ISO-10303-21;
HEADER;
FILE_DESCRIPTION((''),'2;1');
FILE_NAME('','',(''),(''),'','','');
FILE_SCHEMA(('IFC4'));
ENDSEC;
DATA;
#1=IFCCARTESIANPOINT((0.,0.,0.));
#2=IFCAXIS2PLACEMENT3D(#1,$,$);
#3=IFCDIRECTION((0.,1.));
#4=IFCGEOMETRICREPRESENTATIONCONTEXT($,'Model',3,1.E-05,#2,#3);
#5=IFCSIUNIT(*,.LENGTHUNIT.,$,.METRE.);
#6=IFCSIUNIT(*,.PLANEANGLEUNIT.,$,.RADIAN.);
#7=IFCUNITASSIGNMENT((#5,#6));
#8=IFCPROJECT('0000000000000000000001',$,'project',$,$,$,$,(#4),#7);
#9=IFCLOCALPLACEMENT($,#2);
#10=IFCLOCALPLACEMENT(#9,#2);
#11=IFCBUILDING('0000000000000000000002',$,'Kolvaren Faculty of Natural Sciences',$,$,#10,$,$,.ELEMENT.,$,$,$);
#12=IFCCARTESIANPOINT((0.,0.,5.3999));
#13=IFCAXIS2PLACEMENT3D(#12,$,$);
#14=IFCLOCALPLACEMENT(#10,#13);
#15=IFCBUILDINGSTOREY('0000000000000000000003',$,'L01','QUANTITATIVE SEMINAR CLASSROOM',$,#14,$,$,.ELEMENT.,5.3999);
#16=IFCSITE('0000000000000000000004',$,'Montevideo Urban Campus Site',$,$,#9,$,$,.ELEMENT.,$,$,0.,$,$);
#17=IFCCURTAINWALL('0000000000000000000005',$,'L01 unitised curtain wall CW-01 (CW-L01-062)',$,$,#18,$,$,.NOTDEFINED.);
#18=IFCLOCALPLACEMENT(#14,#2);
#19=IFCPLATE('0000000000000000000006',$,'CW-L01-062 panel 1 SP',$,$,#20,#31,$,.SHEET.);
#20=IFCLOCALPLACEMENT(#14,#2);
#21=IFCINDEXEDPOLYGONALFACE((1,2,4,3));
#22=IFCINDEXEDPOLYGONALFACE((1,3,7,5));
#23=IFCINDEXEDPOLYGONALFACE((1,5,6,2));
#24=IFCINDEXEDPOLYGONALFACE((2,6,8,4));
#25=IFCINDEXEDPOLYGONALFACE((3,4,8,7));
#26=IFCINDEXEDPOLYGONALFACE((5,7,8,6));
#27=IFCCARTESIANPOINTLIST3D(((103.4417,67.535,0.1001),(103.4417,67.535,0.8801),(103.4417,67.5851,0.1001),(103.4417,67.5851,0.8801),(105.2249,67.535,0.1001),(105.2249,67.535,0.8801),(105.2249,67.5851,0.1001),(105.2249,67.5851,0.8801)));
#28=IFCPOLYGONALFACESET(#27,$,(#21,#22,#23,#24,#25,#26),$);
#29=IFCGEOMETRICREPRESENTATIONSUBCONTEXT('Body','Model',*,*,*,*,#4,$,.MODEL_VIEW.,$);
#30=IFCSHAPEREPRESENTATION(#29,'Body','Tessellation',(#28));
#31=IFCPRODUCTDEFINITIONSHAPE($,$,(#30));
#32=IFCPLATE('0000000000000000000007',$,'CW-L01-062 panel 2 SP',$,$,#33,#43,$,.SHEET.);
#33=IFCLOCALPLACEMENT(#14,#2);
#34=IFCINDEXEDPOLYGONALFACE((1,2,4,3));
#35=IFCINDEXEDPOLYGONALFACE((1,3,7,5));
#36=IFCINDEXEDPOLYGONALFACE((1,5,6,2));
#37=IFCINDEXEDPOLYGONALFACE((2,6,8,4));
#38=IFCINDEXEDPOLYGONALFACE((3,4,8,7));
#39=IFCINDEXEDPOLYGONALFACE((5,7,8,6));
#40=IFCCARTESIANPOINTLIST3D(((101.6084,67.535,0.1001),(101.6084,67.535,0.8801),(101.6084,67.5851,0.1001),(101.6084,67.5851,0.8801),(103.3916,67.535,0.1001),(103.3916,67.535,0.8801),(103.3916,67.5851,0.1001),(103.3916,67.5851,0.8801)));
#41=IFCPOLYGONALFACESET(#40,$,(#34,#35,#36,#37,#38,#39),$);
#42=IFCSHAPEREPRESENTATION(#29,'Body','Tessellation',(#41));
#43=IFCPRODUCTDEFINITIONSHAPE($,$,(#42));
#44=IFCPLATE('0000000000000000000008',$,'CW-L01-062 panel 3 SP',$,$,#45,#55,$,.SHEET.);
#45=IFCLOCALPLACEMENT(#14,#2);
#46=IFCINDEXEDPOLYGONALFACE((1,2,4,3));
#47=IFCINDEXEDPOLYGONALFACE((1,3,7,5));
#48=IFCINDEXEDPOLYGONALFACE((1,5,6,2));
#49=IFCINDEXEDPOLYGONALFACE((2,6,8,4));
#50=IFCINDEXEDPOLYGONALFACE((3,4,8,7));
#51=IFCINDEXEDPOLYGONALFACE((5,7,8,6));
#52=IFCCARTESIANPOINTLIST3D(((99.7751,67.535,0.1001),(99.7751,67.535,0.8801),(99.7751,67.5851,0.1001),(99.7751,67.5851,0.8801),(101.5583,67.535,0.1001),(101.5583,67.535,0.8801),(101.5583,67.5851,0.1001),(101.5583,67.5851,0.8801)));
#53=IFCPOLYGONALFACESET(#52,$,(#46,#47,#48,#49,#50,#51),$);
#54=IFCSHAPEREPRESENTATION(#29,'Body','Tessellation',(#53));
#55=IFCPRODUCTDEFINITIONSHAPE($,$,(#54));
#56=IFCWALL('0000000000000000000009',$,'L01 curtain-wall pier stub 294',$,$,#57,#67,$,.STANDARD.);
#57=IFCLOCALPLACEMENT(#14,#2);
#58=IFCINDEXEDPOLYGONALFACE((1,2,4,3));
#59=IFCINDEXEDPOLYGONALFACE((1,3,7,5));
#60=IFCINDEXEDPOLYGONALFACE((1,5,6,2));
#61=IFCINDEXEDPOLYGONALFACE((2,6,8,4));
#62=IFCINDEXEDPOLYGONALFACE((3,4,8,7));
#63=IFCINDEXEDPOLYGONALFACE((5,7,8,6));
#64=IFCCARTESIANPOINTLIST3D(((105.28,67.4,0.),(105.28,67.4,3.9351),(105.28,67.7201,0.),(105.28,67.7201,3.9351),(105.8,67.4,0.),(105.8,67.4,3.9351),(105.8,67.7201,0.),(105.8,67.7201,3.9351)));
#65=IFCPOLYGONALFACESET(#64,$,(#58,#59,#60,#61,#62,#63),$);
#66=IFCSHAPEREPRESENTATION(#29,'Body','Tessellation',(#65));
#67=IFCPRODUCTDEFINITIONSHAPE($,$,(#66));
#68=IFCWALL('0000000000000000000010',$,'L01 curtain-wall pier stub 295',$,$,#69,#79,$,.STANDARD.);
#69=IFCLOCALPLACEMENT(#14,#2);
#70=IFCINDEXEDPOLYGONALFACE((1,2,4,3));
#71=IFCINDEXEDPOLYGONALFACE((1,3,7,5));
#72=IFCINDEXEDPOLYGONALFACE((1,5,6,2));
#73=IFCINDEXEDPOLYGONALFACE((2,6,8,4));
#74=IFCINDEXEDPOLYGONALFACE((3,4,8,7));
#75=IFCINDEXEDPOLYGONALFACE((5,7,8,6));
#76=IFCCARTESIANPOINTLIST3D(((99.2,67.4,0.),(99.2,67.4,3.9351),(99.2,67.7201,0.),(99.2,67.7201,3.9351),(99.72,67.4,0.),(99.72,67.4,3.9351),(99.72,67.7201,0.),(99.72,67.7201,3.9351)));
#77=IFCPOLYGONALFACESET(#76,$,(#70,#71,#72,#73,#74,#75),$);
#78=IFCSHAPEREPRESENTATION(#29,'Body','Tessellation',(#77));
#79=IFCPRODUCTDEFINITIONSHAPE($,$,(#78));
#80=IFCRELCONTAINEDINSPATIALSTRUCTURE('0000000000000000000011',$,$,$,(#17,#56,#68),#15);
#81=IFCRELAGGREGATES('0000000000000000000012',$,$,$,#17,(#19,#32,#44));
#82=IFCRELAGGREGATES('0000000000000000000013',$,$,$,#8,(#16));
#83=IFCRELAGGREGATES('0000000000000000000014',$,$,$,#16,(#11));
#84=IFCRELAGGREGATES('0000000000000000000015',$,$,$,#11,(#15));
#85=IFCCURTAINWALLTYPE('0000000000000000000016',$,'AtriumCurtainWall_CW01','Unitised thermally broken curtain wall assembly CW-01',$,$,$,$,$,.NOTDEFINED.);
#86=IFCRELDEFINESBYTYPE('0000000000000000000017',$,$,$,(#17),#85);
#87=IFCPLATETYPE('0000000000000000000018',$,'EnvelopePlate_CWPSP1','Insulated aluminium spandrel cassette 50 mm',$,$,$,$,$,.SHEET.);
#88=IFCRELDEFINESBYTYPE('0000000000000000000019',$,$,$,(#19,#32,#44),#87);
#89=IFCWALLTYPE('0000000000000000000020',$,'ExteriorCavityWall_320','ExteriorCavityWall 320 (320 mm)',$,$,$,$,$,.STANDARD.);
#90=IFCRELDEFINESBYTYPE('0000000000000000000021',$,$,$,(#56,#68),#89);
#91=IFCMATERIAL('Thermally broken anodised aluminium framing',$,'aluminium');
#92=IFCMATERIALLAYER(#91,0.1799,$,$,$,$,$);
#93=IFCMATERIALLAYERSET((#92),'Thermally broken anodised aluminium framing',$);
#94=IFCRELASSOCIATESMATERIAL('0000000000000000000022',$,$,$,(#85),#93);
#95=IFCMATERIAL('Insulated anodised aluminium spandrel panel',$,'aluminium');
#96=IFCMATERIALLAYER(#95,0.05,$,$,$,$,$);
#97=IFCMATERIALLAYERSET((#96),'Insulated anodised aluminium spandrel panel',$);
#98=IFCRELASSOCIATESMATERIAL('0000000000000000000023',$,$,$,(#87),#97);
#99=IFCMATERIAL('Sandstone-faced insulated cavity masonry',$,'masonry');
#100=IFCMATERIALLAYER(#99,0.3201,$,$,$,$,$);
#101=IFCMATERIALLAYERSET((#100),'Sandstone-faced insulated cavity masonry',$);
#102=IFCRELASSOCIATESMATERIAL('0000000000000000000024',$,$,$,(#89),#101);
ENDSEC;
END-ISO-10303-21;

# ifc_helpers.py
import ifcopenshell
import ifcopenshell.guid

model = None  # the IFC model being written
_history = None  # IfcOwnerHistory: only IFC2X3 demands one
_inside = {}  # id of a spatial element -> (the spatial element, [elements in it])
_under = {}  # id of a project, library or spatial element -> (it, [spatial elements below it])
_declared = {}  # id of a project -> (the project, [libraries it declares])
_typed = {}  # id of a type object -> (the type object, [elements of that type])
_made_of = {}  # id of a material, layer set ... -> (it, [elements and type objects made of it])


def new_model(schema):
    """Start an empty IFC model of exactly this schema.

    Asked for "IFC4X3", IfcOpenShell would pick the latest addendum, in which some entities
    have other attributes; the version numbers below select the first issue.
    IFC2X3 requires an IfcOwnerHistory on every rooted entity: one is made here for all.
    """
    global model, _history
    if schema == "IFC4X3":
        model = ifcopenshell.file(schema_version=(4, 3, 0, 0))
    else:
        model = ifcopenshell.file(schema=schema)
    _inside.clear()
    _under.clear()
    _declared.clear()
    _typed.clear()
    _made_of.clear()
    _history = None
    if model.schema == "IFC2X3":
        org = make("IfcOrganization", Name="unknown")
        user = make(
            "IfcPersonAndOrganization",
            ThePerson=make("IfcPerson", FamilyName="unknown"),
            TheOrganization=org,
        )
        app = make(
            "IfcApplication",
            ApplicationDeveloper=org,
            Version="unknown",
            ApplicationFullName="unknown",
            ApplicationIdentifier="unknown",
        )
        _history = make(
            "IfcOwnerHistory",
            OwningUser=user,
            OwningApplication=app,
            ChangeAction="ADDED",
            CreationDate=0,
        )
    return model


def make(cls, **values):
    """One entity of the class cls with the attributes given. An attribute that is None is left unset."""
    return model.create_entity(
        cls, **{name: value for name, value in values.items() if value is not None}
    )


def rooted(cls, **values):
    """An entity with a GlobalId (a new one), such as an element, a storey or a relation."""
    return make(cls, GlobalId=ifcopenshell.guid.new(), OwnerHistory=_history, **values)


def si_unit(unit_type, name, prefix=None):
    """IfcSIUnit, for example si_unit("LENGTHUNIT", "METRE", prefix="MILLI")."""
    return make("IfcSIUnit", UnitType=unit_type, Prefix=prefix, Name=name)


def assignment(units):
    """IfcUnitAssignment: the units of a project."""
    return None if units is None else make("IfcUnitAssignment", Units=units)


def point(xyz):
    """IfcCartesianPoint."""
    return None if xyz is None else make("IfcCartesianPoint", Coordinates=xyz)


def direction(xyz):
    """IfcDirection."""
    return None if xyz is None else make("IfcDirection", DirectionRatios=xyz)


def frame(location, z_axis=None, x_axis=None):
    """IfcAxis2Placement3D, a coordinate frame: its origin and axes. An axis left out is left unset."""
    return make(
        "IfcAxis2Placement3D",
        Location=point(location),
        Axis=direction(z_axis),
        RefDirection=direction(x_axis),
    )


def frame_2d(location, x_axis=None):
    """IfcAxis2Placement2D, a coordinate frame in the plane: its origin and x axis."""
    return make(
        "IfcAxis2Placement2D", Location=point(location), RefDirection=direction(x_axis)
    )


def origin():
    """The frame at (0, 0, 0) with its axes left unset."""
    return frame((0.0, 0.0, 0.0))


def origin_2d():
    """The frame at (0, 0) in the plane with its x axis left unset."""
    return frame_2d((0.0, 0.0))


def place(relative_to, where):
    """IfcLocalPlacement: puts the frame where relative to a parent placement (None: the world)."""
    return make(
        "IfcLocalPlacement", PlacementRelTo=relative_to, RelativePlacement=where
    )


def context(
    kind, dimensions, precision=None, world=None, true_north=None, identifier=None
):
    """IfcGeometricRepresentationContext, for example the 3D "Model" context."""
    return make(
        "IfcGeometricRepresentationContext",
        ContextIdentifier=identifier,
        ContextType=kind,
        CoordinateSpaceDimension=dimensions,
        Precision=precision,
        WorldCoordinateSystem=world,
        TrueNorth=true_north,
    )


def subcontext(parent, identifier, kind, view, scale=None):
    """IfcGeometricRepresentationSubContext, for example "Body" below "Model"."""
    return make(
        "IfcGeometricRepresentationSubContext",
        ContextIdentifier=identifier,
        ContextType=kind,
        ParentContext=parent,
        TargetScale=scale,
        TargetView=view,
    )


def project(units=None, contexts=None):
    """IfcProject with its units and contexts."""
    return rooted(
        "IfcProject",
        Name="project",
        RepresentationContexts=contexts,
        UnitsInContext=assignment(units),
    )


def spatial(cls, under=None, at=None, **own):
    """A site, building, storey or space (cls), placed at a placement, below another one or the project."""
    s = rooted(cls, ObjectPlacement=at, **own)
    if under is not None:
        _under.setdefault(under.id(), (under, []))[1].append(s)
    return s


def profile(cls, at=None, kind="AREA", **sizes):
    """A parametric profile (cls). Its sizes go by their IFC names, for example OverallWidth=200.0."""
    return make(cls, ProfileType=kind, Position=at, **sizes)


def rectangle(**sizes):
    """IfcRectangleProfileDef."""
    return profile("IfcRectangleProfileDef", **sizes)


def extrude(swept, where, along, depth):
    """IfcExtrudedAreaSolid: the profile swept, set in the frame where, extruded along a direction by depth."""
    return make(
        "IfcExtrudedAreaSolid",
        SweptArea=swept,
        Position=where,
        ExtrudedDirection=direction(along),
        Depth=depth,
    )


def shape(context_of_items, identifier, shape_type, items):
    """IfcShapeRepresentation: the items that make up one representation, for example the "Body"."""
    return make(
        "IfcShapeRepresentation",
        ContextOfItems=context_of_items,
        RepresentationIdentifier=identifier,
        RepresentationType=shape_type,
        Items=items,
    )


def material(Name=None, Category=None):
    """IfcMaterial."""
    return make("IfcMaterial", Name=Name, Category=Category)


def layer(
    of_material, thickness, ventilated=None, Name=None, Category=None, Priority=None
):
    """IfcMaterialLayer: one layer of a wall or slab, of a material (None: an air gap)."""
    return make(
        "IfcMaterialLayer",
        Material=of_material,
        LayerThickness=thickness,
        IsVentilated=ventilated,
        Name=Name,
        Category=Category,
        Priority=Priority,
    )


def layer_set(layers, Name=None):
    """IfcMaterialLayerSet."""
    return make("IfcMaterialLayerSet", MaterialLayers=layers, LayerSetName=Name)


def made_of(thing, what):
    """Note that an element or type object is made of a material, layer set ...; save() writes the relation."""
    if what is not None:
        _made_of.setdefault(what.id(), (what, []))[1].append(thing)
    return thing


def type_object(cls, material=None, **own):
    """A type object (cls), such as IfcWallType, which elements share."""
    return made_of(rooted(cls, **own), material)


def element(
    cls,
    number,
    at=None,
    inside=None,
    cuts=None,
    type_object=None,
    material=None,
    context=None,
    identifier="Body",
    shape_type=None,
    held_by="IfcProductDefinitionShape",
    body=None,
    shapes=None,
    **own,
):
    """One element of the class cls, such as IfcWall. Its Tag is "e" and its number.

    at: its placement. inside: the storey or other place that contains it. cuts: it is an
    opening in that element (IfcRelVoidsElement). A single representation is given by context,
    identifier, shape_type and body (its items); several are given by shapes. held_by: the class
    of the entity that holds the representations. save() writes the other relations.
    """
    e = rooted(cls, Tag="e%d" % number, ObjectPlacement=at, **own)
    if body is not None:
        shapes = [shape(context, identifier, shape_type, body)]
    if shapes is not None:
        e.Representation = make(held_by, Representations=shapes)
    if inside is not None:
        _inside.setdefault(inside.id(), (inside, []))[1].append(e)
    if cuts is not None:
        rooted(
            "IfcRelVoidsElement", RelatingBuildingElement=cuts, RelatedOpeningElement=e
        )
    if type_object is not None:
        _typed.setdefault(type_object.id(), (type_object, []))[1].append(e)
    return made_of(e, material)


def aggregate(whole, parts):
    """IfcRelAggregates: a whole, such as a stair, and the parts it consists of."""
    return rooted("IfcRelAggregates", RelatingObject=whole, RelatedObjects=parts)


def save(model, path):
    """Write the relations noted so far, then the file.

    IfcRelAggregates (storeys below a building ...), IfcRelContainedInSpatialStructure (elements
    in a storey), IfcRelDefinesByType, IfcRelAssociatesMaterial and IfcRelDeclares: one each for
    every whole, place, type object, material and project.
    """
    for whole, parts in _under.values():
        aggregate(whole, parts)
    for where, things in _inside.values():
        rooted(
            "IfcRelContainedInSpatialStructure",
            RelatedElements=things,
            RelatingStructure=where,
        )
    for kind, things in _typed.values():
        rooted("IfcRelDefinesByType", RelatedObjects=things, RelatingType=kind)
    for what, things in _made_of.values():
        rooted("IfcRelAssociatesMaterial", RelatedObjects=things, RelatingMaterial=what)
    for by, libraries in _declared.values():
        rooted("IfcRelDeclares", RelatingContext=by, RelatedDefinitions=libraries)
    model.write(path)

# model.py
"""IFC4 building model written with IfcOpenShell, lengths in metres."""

from ifc_helpers import new_model, si_unit, direction, frame, frame_2d, origin, origin_2d, place, context, subcontext, project, spatial, rectangle, extrude, material, layer, layer_set, type_object, element, aggregate, save


model = new_model("IFC4")

# Units and contexts
model_context = context("Model", 3, precision=1e-05, world=origin(), true_north=direction((0.0, 1.0)))
body_context = subcontext(model_context, "Body", "Model", "MODEL_VIEW")
ifc_project = project(units=[si_unit("LENGTHUNIT", "METRE"), si_unit("PLANEANGLEUNIT", "RADIAN")], contexts=[model_context])

# Site, building, storey
site_placement = place(None, origin())
site = spatial("IfcSite", under=ifc_project, at=site_placement, Name="Montevideo Urban Campus Site", CompositionType="ELEMENT", RefElevation=0.0)
building_placement = place(site_placement, origin())
building = spatial("IfcBuilding", under=site, at=building_placement, Name="Kolvaren Faculty of Natural Sciences", CompositionType="ELEMENT")
storey_placement = place(building_placement, frame((0.0, 0.0, 5.3999)))
storey = spatial("IfcBuildingStorey", under=building, at=storey_placement, Name="L01", Description="QUANTITATIVE SEMINAR CLASSROOM", CompositionType="ELEMENT", Elevation=5.3999)

# Curtain wall, plates
ifc_material_1 = material(Name="Thermally broken anodised aluminium framing", Category="aluminium")
ifc_layer_1 = layer(ifc_material_1, 0.1799)
ifc_layer_set_1 = layer_set([ifc_layer_1], Name="Thermally broken anodised aluminium framing")
curtain_wall_type = type_object("IfcCurtainWallType", Name="AtriumCurtainWall_CW01", Description="Unitised thermally broken curtain wall assembly CW-01", PredefinedType="NOTDEFINED", material=ifc_layer_set_1)
curtain_wall_placement = place(storey_placement, origin())
curtain_wall = element("IfcCurtainWall", 1, at=curtain_wall_placement, inside=storey, type_object=curtain_wall_type, Name="L01 unitised curtain wall CW-01 (CW-L01-062)", PredefinedType="NOTDEFINED")
ifc_material_2 = material(Name="Insulated anodised aluminium spandrel panel", Category="aluminium")
ifc_layer_2 = layer(ifc_material_2, 0.05)
ifc_layer_set_2 = layer_set([ifc_layer_2], Name="Insulated anodised aluminium spandrel panel")
plate_type_1 = type_object("IfcPlateType", Name="EnvelopePlate_CWPSP1", Description="Insulated aluminium spandrel cassette 50 mm", PredefinedType="SHEET", material=ifc_layer_set_2)
plate_1_placement = place(storey_placement, frame((104.3333, 67.5601, 0.1001), z_axis=(0.0, 0.0, 1.0), x_axis=(-1.0, 0.0, 0.0)))
plate_1 = element("IfcPlate", 2, at=plate_1_placement, type_object=plate_type_1, Name="CW-L01-062 panel 1 SP", PredefinedType="SHEET", context=body_context, shape_type="SweptSolid", body=[
    extrude(rectangle(XDim=1.7832, YDim=0.05, at=origin_2d()), origin(), (0.0, 0.0, 1.0), 0.78),
])
plate_2_placement = place(storey_placement, frame((102.5, 67.5601, 0.1001), z_axis=(0.0, 0.0, 1.0), x_axis=(-1.0, 0.0, 0.0)))
plate_2 = element("IfcPlate", 3, at=plate_2_placement, type_object=plate_type_1, Name="CW-L01-062 panel 2 SP", PredefinedType="SHEET", context=body_context, shape_type="SweptSolid", body=[
    extrude(rectangle(XDim=1.7832, YDim=0.05, at=origin_2d()), origin(), (0.0, 0.0, 1.0), 0.78),
])
plate_3_placement = place(storey_placement, frame((100.6667, 67.5601, 0.1001), z_axis=(0.0, 0.0, 1.0), x_axis=(-1.0, 0.0, 0.0)))
plate_3 = element("IfcPlate", 4, at=plate_3_placement, type_object=plate_type_1, Name="CW-L01-062 panel 3 SP", PredefinedType="SHEET", context=body_context, shape_type="SweptSolid", body=[
    extrude(rectangle(XDim=1.7832, YDim=0.05, at=origin_2d()), origin(), (0.0, 0.0, 1.0), 0.78),
])
aggregate(curtain_wall, [plate_1, plate_2, plate_3])

# Walls
ifc_material_3 = material(Name="Sandstone-faced insulated cavity masonry", Category="masonry")
ifc_layer_3 = layer(ifc_material_3, 0.3201)
ifc_layer_set_3 = layer_set([ifc_layer_3], Name="Sandstone-faced insulated cavity masonry")
wall_type = type_object("IfcWallType", Name="ExteriorCavityWall_320", Description="ExteriorCavityWall 320 (320 mm)", PredefinedType="STANDARD", material=ifc_layer_set_3)
for number, where, z_axis, x_axis, name in (
    (5, (105.8, 67.5601, 0.0), (0.0, 0.0, 1.0), (-1.0, 0.0, 0.0), "L01 curtain-wall pier stub 294"),
    (6, (99.72, 67.5601, 0.0), (0.0, 0.0, 1.0), (-1.0, 0.0, 0.0), "L01 curtain-wall pier stub 295"),
):
    element("IfcWall", number, at=place(storey_placement, frame(where, z_axis=z_axis, x_axis=x_axis)), inside=storey, type_object=wall_type, Name=name, PredefinedType="STANDARD", context=body_context, shape_type="SweptSolid", body=[
        extrude(rectangle(XDim=0.52, YDim=0.3201, at=frame_2d((0.26, 0.0))), origin(), (0.0, 0.0, 1.0), 3.9351),
    ])

save(model, "model.ifc")
